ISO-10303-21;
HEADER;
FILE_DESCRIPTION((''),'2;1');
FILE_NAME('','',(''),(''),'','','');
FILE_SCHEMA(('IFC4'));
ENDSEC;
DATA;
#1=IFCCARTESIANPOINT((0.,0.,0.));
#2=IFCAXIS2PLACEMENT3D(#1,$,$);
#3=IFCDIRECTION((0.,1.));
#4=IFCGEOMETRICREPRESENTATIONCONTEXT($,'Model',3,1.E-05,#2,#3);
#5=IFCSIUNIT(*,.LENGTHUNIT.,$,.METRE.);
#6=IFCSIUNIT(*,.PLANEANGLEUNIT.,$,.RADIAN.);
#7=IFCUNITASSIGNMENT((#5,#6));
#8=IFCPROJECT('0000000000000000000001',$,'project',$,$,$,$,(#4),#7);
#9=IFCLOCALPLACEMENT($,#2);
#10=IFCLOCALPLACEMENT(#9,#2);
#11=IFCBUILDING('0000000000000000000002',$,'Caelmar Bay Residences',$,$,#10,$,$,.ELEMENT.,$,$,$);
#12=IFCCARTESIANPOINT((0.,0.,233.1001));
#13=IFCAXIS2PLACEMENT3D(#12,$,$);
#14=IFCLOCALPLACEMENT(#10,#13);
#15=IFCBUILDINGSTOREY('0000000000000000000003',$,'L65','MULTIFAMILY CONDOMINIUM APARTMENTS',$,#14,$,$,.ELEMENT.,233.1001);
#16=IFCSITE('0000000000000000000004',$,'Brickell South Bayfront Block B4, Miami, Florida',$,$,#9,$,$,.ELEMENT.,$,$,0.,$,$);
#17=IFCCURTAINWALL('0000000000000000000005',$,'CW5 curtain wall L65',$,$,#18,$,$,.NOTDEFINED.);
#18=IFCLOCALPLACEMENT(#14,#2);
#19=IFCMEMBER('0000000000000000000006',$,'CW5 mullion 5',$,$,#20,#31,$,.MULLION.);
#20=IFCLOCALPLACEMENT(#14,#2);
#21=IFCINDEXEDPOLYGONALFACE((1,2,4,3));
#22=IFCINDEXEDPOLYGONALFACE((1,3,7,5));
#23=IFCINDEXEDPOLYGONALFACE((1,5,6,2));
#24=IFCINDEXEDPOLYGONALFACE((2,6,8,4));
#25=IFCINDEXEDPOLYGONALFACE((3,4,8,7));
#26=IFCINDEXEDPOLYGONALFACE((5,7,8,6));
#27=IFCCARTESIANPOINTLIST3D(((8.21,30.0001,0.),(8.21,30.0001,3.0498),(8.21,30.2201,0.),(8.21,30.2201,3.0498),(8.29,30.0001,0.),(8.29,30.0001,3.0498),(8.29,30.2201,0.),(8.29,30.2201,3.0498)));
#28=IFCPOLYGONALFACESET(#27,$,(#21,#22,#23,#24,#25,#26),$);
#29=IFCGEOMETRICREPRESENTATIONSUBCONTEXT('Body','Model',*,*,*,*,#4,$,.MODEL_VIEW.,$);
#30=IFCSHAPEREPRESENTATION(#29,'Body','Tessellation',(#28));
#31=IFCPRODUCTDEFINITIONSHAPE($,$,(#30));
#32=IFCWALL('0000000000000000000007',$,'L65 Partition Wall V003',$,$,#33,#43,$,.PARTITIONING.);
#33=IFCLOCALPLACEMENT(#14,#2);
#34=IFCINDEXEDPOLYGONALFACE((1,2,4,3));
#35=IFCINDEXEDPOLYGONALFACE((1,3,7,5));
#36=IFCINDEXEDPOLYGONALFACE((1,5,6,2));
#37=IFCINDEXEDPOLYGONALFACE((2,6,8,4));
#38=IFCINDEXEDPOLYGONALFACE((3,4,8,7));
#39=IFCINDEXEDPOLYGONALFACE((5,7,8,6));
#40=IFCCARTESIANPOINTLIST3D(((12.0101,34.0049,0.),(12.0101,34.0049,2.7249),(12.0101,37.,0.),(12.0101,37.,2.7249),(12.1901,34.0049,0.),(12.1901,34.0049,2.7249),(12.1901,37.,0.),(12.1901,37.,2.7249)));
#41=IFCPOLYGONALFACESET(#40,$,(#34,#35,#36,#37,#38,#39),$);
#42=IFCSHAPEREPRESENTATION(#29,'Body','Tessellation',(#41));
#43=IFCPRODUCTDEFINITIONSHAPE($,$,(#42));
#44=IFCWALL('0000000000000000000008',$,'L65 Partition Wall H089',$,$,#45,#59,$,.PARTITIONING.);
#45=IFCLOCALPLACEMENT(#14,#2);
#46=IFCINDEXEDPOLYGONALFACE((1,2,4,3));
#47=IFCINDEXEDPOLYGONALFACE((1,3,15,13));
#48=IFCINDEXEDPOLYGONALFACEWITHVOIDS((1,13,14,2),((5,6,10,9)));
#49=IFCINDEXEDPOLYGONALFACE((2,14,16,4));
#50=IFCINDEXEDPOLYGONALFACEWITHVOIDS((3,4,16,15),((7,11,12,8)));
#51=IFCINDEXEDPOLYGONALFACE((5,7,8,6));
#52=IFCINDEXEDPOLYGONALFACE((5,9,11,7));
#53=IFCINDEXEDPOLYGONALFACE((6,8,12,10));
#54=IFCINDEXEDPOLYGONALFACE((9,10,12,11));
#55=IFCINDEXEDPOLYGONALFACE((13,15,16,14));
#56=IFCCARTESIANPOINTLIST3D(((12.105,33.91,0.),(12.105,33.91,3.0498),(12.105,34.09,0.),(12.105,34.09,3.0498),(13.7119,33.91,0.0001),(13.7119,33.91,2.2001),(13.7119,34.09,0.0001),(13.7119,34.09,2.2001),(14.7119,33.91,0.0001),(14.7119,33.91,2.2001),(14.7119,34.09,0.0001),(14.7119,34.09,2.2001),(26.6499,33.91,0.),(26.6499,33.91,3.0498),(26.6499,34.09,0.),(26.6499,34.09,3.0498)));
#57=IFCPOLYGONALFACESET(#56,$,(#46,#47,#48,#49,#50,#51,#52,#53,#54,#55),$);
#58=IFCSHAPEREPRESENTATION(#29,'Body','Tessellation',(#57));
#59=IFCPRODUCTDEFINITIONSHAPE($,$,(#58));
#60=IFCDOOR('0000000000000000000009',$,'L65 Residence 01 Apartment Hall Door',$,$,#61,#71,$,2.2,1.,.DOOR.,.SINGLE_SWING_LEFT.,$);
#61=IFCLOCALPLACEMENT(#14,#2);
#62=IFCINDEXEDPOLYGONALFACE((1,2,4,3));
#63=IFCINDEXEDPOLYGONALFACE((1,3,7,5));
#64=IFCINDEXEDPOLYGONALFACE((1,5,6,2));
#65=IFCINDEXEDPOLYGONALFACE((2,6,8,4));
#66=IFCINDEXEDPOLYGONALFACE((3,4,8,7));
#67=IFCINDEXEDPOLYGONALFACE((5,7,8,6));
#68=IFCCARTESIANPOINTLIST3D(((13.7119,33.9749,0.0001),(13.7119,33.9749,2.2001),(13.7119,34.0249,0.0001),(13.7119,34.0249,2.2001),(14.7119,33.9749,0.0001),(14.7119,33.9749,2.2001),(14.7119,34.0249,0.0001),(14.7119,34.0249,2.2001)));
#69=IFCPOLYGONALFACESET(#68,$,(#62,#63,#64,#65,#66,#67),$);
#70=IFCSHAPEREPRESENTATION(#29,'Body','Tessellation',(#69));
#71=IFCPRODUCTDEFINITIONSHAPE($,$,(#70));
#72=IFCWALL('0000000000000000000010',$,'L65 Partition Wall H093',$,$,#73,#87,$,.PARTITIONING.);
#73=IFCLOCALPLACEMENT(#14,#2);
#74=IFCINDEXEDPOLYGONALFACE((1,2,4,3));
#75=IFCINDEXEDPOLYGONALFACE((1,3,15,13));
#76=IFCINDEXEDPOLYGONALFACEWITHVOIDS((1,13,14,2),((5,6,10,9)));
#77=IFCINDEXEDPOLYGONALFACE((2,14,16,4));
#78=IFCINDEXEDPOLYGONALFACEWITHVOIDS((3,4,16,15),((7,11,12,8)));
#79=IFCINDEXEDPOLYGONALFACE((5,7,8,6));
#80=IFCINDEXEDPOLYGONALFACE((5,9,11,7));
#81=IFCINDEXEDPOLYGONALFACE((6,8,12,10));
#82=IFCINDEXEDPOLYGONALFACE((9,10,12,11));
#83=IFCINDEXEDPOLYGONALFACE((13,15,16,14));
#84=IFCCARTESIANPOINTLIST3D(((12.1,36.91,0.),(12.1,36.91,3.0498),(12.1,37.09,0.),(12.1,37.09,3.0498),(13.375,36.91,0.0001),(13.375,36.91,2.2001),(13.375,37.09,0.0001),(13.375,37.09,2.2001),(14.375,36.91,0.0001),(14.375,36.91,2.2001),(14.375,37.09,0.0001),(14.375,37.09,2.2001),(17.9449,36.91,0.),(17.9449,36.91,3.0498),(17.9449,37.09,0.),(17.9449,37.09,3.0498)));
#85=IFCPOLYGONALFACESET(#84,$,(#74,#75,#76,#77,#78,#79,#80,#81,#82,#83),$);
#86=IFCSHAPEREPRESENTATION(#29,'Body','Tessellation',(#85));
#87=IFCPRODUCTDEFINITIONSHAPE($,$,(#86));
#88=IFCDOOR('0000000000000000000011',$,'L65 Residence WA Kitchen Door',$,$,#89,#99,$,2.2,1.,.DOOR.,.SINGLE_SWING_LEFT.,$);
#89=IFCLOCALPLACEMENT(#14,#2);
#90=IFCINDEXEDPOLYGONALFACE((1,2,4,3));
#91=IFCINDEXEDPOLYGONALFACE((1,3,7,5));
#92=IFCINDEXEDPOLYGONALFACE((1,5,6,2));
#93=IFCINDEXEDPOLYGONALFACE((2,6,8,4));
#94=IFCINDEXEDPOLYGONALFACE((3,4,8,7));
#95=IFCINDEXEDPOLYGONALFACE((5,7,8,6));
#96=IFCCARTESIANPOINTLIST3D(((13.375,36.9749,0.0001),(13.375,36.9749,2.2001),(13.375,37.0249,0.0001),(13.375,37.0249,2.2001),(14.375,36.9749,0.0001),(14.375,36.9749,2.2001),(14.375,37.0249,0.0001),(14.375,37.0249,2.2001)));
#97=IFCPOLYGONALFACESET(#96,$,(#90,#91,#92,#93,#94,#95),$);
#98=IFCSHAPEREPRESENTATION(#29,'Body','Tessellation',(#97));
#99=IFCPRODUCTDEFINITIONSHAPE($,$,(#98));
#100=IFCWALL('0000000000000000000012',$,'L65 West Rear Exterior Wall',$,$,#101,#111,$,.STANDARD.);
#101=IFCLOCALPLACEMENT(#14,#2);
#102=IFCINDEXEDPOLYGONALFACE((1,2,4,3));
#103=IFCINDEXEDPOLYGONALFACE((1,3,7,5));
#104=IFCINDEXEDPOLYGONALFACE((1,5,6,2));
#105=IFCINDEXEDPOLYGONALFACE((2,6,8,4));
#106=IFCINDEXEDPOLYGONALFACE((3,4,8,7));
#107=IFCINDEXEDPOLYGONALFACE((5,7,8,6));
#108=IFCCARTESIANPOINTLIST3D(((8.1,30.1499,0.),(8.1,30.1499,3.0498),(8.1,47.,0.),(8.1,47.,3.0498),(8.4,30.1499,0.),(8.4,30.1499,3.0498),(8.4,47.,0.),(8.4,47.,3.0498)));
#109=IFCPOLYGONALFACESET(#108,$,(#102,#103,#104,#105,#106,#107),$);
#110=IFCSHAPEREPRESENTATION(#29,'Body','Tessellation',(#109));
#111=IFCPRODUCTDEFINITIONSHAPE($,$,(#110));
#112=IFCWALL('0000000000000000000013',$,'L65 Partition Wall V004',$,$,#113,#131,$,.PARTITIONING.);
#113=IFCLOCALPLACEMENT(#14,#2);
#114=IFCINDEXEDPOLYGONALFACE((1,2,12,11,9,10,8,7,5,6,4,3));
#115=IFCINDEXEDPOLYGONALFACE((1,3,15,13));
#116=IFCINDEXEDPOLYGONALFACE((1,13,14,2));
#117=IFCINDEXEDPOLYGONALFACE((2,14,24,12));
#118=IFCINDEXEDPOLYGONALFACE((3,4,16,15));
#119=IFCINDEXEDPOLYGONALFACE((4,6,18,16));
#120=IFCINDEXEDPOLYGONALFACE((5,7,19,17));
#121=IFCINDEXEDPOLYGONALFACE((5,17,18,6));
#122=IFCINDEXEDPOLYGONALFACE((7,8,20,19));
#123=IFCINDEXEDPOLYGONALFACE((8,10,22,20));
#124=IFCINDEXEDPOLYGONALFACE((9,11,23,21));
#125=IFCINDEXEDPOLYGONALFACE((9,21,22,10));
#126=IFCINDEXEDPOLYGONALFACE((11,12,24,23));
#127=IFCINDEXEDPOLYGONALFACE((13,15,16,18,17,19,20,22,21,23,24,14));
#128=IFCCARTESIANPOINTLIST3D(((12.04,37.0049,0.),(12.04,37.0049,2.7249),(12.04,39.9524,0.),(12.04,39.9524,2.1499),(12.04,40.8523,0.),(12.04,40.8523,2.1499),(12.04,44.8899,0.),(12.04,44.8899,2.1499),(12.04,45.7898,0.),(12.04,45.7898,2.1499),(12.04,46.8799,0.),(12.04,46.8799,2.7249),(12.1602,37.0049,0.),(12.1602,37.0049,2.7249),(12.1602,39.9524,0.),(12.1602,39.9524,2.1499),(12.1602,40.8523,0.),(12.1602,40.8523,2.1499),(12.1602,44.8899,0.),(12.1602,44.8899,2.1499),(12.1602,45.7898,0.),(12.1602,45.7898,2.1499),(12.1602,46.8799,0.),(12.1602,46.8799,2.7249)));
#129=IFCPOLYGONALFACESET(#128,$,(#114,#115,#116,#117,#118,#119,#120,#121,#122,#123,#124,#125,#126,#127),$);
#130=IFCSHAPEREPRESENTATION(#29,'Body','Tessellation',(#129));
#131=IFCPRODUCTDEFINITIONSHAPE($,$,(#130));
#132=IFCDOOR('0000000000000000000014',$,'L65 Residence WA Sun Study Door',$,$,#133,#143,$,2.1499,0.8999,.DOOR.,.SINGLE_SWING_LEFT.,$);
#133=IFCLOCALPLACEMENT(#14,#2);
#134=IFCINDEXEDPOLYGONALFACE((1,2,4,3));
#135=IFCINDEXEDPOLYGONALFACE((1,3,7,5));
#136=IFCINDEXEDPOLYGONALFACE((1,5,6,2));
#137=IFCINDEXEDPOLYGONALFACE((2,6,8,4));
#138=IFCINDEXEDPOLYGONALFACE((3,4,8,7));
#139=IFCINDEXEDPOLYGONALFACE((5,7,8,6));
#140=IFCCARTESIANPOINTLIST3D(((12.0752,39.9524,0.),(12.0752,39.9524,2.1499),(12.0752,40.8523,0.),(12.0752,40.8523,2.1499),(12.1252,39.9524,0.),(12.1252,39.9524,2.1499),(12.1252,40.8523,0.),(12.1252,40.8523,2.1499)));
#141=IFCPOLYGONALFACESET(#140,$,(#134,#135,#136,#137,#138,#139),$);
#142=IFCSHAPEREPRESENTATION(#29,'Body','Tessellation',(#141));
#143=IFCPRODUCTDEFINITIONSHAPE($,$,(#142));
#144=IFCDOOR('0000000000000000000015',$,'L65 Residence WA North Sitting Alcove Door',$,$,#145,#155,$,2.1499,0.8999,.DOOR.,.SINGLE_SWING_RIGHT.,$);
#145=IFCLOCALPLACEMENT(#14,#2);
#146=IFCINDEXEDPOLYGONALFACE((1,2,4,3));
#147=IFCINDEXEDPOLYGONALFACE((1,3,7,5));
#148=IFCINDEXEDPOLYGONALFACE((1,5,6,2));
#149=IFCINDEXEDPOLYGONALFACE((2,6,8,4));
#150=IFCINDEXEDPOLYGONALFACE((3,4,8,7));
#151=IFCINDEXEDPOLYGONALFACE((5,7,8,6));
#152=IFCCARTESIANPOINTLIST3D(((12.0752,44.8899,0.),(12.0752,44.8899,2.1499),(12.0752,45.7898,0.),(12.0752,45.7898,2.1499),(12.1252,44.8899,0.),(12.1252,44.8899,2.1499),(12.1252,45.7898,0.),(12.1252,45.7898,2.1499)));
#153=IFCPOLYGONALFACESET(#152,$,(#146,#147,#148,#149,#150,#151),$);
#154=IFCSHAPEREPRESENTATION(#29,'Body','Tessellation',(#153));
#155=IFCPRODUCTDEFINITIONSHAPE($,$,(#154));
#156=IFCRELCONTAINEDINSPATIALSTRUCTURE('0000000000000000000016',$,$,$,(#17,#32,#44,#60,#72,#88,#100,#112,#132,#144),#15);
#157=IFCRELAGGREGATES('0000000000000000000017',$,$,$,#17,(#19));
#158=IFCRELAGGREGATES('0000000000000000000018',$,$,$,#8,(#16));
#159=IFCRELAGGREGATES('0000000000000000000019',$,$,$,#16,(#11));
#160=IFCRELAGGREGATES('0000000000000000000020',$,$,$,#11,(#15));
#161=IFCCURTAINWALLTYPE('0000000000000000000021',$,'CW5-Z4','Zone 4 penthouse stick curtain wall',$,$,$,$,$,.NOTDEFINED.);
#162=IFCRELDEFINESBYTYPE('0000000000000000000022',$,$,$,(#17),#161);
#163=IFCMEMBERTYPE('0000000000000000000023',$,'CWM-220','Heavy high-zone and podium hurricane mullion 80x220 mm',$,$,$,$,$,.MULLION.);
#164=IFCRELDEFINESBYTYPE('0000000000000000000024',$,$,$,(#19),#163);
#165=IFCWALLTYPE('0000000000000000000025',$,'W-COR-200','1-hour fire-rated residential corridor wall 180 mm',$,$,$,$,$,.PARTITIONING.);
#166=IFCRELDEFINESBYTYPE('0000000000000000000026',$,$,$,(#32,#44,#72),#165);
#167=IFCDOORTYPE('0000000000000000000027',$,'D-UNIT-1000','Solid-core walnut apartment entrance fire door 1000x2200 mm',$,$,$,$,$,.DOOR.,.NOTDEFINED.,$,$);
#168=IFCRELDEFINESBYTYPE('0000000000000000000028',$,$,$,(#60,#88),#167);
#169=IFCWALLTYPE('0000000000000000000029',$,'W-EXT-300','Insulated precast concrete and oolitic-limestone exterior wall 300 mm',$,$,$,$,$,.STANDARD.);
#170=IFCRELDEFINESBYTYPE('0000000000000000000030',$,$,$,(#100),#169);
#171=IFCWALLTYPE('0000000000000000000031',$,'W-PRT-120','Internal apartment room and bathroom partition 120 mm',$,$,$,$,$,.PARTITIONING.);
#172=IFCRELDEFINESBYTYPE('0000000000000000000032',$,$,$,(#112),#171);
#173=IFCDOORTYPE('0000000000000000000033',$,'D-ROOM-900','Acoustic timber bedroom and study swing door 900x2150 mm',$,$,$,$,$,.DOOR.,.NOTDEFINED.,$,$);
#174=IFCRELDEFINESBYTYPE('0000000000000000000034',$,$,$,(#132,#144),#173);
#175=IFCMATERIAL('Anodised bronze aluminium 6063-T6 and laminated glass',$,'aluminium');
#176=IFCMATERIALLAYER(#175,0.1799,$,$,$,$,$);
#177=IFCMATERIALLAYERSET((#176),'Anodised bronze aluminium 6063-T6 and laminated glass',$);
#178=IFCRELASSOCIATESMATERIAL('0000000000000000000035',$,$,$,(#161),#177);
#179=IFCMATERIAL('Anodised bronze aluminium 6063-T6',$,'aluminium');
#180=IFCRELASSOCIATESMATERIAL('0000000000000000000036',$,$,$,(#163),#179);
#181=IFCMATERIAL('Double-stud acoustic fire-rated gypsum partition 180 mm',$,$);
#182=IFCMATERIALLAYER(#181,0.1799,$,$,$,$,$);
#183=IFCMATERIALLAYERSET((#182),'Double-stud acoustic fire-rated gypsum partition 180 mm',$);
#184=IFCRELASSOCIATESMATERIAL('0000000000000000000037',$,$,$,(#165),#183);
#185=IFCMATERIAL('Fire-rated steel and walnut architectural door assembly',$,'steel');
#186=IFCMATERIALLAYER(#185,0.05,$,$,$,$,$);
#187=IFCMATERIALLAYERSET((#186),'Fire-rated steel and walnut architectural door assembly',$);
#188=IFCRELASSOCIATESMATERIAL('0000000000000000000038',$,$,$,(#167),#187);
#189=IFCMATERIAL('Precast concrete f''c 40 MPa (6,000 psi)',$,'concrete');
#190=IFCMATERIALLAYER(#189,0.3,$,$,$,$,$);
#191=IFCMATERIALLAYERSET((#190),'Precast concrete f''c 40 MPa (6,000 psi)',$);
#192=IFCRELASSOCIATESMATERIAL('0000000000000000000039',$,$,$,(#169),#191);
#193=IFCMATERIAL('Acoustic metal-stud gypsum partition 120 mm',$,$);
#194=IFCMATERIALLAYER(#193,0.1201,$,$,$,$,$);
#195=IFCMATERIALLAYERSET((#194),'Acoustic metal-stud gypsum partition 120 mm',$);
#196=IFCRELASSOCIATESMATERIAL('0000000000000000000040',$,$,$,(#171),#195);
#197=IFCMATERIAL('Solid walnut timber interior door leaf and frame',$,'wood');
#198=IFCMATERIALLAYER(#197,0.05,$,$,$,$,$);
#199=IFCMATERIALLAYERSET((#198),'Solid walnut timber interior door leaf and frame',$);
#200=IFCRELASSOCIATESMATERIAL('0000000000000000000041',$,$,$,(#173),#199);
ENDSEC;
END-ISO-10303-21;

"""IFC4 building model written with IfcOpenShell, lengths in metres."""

from ifc_helpers import new_model, si_unit, direction, frame, frame_2d, origin, origin_2d, place, context, subcontext, project, spatial, rectangle, extrude, material, layer, layer_set, material_profile, profile_set, type_object, element, fill, aggregate, save


model = new_model("IFC4")

# Units and contexts
model_context = context("Model", 3, precision=1e-05, world=origin(), true_north=direction((0.0, 1.0)))
body_context = subcontext(model_context, "Body", "Model", "MODEL_VIEW")
ifc_project = project(units=[si_unit("LENGTHUNIT", "METRE"), si_unit("PLANEANGLEUNIT", "RADIAN")], contexts=[model_context])

# Site, building, storey
site_placement = place(None, origin())
site = spatial("IfcSite", under=ifc_project, at=site_placement, Name="Brickell South Bayfront Block B4, Miami, Florida", CompositionType="ELEMENT", RefElevation=0.0)
building_placement = place(site_placement, origin())
building = spatial("IfcBuilding", under=site, at=building_placement, Name="Caelmar Bay Residences", CompositionType="ELEMENT")
storey_placement = place(building_placement, frame((0.0, 0.0, 233.1001)))
storey = spatial("IfcBuildingStorey", under=building, at=storey_placement, Name="L65", Description="MULTIFAMILY CONDOMINIUM APARTMENTS", CompositionType="ELEMENT", Elevation=233.1001)

# Curtain wall, member
ifc_material_1 = material(Name="Anodised bronze aluminium 6063-T6 and laminated glass", Category="aluminium")
ifc_layer_1 = layer(ifc_material_1, 0.1799)
ifc_layer_set_1 = layer_set([ifc_layer_1], Name="Anodised bronze aluminium 6063-T6 and laminated glass")
curtain_wall_type = type_object("IfcCurtainWallType", Name="CW5-Z4", Description="Zone 4 penthouse stick curtain wall", PredefinedType="NOTDEFINED", material=ifc_layer_set_1)
curtain_wall_placement = place(storey_placement, origin())
curtain_wall = element("IfcCurtainWall", 1, at=curtain_wall_placement, inside=storey, type_object=curtain_wall_type, Name="CW5 curtain wall L65", PredefinedType="NOTDEFINED")
ifc_material_2 = material(Name="Anodised bronze aluminium 6063-T6", Category="aluminium")
ifc_material_profile_1 = material_profile(ifc_material_2, rectangle(XDim=0.0801, YDim=0.22, at=origin_2d()), Name="CWM-80X220")
ifc_profile_set_1 = profile_set([ifc_material_profile_1], Name="Anodised bronze aluminium 6063-T6")
member_type = type_object("IfcMemberType", Name="CWM-220", Description="Heavy high-zone and podium hurricane mullion 80x220 mm", PredefinedType="MULLION", material=ifc_profile_set_1)
member_placement = place(storey_placement, frame((8.25, 30.1101, 0.0), z_axis=(0.0, 0.0, 1.0), x_axis=(-1.0, 0.0, 0.0)))
member = element("IfcMember", 2, at=member_placement, type_object=member_type, Name="CW5 mullion 5", PredefinedType="MULLION", context=body_context, shape_type="SweptSolid", body=[
    extrude(rectangle(XDim=0.0801, YDim=0.22, at=origin_2d()), origin(), (0.0, 0.0, 1.0), 3.0498),
])
aggregate(curtain_wall, [member])

# Shared definitions
ifc_material_3 = material(Name="Fire-rated steel and walnut architectural door assembly", Category="steel")

# Wall
ifc_material_4 = material(Name="Double-stud acoustic fire-rated gypsum partition 180 mm")
ifc_layer_2 = layer(ifc_material_4, 0.1799)
ifc_layer_set_2 = layer_set([ifc_layer_2], Name="Double-stud acoustic fire-rated gypsum partition 180 mm")
wall_type_1 = type_object("IfcWallType", Name="W-COR-200", Description="1-hour fire-rated residential corridor wall 180 mm", PredefinedType="PARTITIONING", material=ifc_layer_set_2)
wall_1_placement = place(storey_placement, frame((12.1001, 34.0049, 0.0), z_axis=(0.0, 0.0, 1.0), x_axis=(0.0, 1.0, 0.0)))
element("IfcWall", 3, at=wall_1_placement, inside=storey, type_object=wall_type_1, Name="L65 Partition Wall V003", PredefinedType="PARTITIONING", context=body_context, shape_type="SweptSolid", body=[
    extrude(rectangle(XDim=2.9951, YDim=0.1799, at=frame_2d((1.4976, 0.0))), origin(), (0.0, 0.0, 1.0), 2.7249),
])

# Walls, openings, doors
wall_2_placement = place(storey_placement, frame((12.105, 34.0, 0.0), z_axis=(0.0, 0.0, 1.0), x_axis=(1.0, 0.0, 0.0)))
wall_2 = element("IfcWall", 4, at=wall_2_placement, inside=storey, type_object=wall_type_1, Name="L65 Partition Wall H089", PredefinedType="PARTITIONING", context=body_context, shape_type="SweptSolid", body=[
    extrude(rectangle(XDim=14.5449, YDim=0.1799, at=frame_2d((7.2725, 0.0))), origin(), (0.0, 0.0, 1.0), 3.0498),
])
opening_1_placement = place(wall_2_placement, frame((1.6069, 0.0, 0.0)))
opening_1 = element("IfcOpeningElement", 5, at=opening_1_placement, cuts=wall_2, PredefinedType="OPENING", context=body_context, shape_type="SweptSolid", body=[
    extrude(rectangle(XDim=1.0, YDim=2.2, at=frame_2d((0.5, 1.1001))), frame((0.0, 0.0999, 0.0), z_axis=(0.0, -1.0, 0.0), x_axis=(1.0, 0.0, 0.0)), (0.0, 0.0, 1.0), 0.2),
])
ifc_layer_3 = layer(ifc_material_3, 0.05)
ifc_layer_set_3 = layer_set([ifc_layer_3], Name="Fire-rated steel and walnut architectural door assembly")
door_type_1 = type_object("IfcDoorType", Name="D-UNIT-1000", Description="Solid-core walnut apartment entrance fire door 1000x2200 mm", OperationType="NOTDEFINED", PredefinedType="DOOR", material=ifc_layer_set_3)
door_1_placement = place(opening_1_placement, origin())
door_1 = element("IfcDoor", 6, at=door_1_placement, inside=storey, type_object=door_type_1, Name="L65 Residence 01 Apartment Hall Door", OperationType="SINGLE_SWING_LEFT", OverallHeight=2.2, OverallWidth=1.0, PredefinedType="DOOR", context=body_context, shape_type="SweptSolid", body=[
    extrude(rectangle(XDim=1.0, YDim=2.2, at=frame_2d((0.5, 1.1001))), frame((0.0, 0.0249, 0.0), z_axis=(0.0, -1.0, 0.0), x_axis=(1.0, 0.0, 0.0)), (0.0, 0.0, 1.0), 0.05),
])
fill(opening_1, door_1)
wall_3_placement = place(storey_placement, frame((12.1001, 37.0, 0.0), z_axis=(0.0, 0.0, 1.0), x_axis=(1.0, 0.0, 0.0)))
wall_3 = element("IfcWall", 7, at=wall_3_placement, inside=storey, type_object=wall_type_1, Name="L65 Partition Wall H093", PredefinedType="PARTITIONING", context=body_context, shape_type="SweptSolid", body=[
    extrude(rectangle(XDim=5.845, YDim=0.1799, at=frame_2d((2.9224, 0.0))), origin(), (0.0, 0.0, 1.0), 3.0498),
])
opening_2_placement = place(wall_3_placement, frame((1.2749, 0.0, 0.0)))
opening_2 = element("IfcOpeningElement", 8, at=opening_2_placement, cuts=wall_3, PredefinedType="OPENING", context=body_context, shape_type="SweptSolid", body=[
    extrude(rectangle(XDim=1.0, YDim=2.2, at=frame_2d((0.5, 1.1001))), frame((0.0, 0.0999, 0.0), z_axis=(0.0, -1.0, 0.0), x_axis=(1.0, 0.0, 0.0)), (0.0, 0.0, 1.0), 0.2),
])
door_2_placement = place(opening_2_placement, origin())
door_2 = element("IfcDoor", 9, at=door_2_placement, inside=storey, type_object=door_type_1, Name="L65 Residence WA Kitchen Door", OperationType="SINGLE_SWING_LEFT", OverallHeight=2.2, OverallWidth=1.0, PredefinedType="DOOR", context=body_context, shape_type="SweptSolid", body=[
    extrude(rectangle(XDim=1.0, YDim=2.2, at=frame_2d((0.5, 1.1001))), frame((0.0, 0.0249, 0.0), z_axis=(0.0, -1.0, 0.0), x_axis=(1.0, 0.0, 0.0)), (0.0, 0.0, 1.0), 0.05),
])
fill(opening_2, door_2)

# Wall
ifc_material_5 = material(Name="Precast concrete f'c 40 MPa (6,000 psi)", Category="concrete")
ifc_layer_4 = layer(ifc_material_5, 0.3)
ifc_layer_set_4 = layer_set([ifc_layer_4], Name="Precast concrete f'c 40 MPa (6,000 psi)")
wall_type_2 = type_object("IfcWallType", Name="W-EXT-300", Description="Insulated precast concrete and oolitic-limestone exterior wall 300 mm", PredefinedType="STANDARD", material=ifc_layer_set_4)
wall_4_placement = place(storey_placement, frame((8.25, 30.1499, 0.0), z_axis=(0.0, 0.0, 1.0), x_axis=(0.0, 1.0, 0.0)))
element("IfcWall", 10, at=wall_4_placement, inside=storey, type_object=wall_type_2, Name="L65 West Rear Exterior Wall", PredefinedType="STANDARD", context=body_context, shape_type="SweptSolid", body=[
    extrude(rectangle(XDim=16.8501, YDim=0.3, at=frame_2d((8.425, 0.0))), origin(), (0.0, 0.0, 1.0), 3.0498),
])

# Wall, openings, doors
ifc_material_6 = material(Name="Acoustic metal-stud gypsum partition 120 mm")
ifc_layer_5 = layer(ifc_material_6, 0.1201)
ifc_layer_set_5 = layer_set([ifc_layer_5], Name="Acoustic metal-stud gypsum partition 120 mm")
wall_type_3 = type_object("IfcWallType", Name="W-PRT-120", Description="Internal apartment room and bathroom partition 120 mm", PredefinedType="PARTITIONING", material=ifc_layer_set_5)
wall_5_placement = place(storey_placement, frame((12.1001, 37.0049, 0.0), z_axis=(0.0, 0.0, 1.0), x_axis=(0.0, 1.0, 0.0)))
wall_5 = element("IfcWall", 11, at=wall_5_placement, inside=storey, type_object=wall_type_3, Name="L65 Partition Wall V004", PredefinedType="PARTITIONING", context=body_context, shape_type="SweptSolid", body=[
    extrude(rectangle(XDim=9.875, YDim=0.1201, at=frame_2d((4.9375, 0.0))), origin(), (0.0, 0.0, 1.0), 2.7249),
])
opening_3_placement = place(wall_5_placement, frame((2.9475, 0.0, 0.0)))
opening_3 = element("IfcOpeningElement", 12, at=opening_3_placement, cuts=wall_5, PredefinedType="OPENING", context=body_context, shape_type="SweptSolid", body=[
    extrude(rectangle(XDim=0.8999, YDim=2.1499, at=frame_2d((0.45, 1.075))), frame((0.0, 0.0701, 0.0), z_axis=(0.0, -1.0, 0.0), x_axis=(1.0, 0.0, 0.0)), (0.0, 0.0, 1.0), 0.1401),
])
opening_4_placement = place(wall_5_placement, frame((7.885, 0.0, 0.0)))
opening_4 = element("IfcOpeningElement", 13, at=opening_4_placement, cuts=wall_5, PredefinedType="OPENING", context=body_context, shape_type="SweptSolid", body=[
    extrude(rectangle(XDim=0.8999, YDim=2.1499, at=frame_2d((0.45, 1.075))), frame((0.0, 0.0701, 0.0), z_axis=(0.0, -1.0, 0.0), x_axis=(1.0, 0.0, 0.0)), (0.0, 0.0, 1.0), 0.1401),
])
ifc_material_7 = material(Name="Solid walnut timber interior door leaf and frame", Category="wood")
ifc_layer_6 = layer(ifc_material_7, 0.05)
ifc_layer_set_6 = layer_set([ifc_layer_6], Name="Solid walnut timber interior door leaf and frame")
door_type_2 = type_object("IfcDoorType", Name="D-ROOM-900", Description="Acoustic timber bedroom and study swing door 900x2150 mm", OperationType="NOTDEFINED", PredefinedType="DOOR", material=ifc_layer_set_6)
door_3_placement = place(opening_3_placement, origin())
door_3 = element("IfcDoor", 14, at=door_3_placement, inside=storey, type_object=door_type_2, Name="L65 Residence WA Sun Study Door", OperationType="SINGLE_SWING_LEFT", OverallHeight=2.1499, OverallWidth=0.8999, PredefinedType="DOOR", context=body_context, shape_type="SweptSolid", body=[
    extrude(rectangle(XDim=0.8999, YDim=2.1499, at=frame_2d((0.45, 1.075))), frame((0.0, 0.0249, 0.0), z_axis=(0.0, -1.0, 0.0), x_axis=(1.0, 0.0, 0.0)), (0.0, 0.0, 1.0), 0.05),
])
fill(opening_3, door_3)
door_4_placement = place(opening_4_placement, origin())
door_4 = element("IfcDoor", 15, at=door_4_placement, inside=storey, type_object=door_type_2, Name="L65 Residence WA North Sitting Alcove Door", OperationType="SINGLE_SWING_RIGHT", OverallHeight=2.1499, OverallWidth=0.8999, PredefinedType="DOOR", context=body_context, shape_type="SweptSolid", body=[
    extrude(rectangle(XDim=0.8999, YDim=2.1499, at=frame_2d((0.45, 1.075))), frame((0.0, 0.0249, 0.0), z_axis=(0.0, -1.0, 0.0), x_axis=(1.0, 0.0, 0.0)), (0.0, 0.0, 1.0), 0.05),
])
fill(opening_4, door_4)

save(model, "model.ifc")
